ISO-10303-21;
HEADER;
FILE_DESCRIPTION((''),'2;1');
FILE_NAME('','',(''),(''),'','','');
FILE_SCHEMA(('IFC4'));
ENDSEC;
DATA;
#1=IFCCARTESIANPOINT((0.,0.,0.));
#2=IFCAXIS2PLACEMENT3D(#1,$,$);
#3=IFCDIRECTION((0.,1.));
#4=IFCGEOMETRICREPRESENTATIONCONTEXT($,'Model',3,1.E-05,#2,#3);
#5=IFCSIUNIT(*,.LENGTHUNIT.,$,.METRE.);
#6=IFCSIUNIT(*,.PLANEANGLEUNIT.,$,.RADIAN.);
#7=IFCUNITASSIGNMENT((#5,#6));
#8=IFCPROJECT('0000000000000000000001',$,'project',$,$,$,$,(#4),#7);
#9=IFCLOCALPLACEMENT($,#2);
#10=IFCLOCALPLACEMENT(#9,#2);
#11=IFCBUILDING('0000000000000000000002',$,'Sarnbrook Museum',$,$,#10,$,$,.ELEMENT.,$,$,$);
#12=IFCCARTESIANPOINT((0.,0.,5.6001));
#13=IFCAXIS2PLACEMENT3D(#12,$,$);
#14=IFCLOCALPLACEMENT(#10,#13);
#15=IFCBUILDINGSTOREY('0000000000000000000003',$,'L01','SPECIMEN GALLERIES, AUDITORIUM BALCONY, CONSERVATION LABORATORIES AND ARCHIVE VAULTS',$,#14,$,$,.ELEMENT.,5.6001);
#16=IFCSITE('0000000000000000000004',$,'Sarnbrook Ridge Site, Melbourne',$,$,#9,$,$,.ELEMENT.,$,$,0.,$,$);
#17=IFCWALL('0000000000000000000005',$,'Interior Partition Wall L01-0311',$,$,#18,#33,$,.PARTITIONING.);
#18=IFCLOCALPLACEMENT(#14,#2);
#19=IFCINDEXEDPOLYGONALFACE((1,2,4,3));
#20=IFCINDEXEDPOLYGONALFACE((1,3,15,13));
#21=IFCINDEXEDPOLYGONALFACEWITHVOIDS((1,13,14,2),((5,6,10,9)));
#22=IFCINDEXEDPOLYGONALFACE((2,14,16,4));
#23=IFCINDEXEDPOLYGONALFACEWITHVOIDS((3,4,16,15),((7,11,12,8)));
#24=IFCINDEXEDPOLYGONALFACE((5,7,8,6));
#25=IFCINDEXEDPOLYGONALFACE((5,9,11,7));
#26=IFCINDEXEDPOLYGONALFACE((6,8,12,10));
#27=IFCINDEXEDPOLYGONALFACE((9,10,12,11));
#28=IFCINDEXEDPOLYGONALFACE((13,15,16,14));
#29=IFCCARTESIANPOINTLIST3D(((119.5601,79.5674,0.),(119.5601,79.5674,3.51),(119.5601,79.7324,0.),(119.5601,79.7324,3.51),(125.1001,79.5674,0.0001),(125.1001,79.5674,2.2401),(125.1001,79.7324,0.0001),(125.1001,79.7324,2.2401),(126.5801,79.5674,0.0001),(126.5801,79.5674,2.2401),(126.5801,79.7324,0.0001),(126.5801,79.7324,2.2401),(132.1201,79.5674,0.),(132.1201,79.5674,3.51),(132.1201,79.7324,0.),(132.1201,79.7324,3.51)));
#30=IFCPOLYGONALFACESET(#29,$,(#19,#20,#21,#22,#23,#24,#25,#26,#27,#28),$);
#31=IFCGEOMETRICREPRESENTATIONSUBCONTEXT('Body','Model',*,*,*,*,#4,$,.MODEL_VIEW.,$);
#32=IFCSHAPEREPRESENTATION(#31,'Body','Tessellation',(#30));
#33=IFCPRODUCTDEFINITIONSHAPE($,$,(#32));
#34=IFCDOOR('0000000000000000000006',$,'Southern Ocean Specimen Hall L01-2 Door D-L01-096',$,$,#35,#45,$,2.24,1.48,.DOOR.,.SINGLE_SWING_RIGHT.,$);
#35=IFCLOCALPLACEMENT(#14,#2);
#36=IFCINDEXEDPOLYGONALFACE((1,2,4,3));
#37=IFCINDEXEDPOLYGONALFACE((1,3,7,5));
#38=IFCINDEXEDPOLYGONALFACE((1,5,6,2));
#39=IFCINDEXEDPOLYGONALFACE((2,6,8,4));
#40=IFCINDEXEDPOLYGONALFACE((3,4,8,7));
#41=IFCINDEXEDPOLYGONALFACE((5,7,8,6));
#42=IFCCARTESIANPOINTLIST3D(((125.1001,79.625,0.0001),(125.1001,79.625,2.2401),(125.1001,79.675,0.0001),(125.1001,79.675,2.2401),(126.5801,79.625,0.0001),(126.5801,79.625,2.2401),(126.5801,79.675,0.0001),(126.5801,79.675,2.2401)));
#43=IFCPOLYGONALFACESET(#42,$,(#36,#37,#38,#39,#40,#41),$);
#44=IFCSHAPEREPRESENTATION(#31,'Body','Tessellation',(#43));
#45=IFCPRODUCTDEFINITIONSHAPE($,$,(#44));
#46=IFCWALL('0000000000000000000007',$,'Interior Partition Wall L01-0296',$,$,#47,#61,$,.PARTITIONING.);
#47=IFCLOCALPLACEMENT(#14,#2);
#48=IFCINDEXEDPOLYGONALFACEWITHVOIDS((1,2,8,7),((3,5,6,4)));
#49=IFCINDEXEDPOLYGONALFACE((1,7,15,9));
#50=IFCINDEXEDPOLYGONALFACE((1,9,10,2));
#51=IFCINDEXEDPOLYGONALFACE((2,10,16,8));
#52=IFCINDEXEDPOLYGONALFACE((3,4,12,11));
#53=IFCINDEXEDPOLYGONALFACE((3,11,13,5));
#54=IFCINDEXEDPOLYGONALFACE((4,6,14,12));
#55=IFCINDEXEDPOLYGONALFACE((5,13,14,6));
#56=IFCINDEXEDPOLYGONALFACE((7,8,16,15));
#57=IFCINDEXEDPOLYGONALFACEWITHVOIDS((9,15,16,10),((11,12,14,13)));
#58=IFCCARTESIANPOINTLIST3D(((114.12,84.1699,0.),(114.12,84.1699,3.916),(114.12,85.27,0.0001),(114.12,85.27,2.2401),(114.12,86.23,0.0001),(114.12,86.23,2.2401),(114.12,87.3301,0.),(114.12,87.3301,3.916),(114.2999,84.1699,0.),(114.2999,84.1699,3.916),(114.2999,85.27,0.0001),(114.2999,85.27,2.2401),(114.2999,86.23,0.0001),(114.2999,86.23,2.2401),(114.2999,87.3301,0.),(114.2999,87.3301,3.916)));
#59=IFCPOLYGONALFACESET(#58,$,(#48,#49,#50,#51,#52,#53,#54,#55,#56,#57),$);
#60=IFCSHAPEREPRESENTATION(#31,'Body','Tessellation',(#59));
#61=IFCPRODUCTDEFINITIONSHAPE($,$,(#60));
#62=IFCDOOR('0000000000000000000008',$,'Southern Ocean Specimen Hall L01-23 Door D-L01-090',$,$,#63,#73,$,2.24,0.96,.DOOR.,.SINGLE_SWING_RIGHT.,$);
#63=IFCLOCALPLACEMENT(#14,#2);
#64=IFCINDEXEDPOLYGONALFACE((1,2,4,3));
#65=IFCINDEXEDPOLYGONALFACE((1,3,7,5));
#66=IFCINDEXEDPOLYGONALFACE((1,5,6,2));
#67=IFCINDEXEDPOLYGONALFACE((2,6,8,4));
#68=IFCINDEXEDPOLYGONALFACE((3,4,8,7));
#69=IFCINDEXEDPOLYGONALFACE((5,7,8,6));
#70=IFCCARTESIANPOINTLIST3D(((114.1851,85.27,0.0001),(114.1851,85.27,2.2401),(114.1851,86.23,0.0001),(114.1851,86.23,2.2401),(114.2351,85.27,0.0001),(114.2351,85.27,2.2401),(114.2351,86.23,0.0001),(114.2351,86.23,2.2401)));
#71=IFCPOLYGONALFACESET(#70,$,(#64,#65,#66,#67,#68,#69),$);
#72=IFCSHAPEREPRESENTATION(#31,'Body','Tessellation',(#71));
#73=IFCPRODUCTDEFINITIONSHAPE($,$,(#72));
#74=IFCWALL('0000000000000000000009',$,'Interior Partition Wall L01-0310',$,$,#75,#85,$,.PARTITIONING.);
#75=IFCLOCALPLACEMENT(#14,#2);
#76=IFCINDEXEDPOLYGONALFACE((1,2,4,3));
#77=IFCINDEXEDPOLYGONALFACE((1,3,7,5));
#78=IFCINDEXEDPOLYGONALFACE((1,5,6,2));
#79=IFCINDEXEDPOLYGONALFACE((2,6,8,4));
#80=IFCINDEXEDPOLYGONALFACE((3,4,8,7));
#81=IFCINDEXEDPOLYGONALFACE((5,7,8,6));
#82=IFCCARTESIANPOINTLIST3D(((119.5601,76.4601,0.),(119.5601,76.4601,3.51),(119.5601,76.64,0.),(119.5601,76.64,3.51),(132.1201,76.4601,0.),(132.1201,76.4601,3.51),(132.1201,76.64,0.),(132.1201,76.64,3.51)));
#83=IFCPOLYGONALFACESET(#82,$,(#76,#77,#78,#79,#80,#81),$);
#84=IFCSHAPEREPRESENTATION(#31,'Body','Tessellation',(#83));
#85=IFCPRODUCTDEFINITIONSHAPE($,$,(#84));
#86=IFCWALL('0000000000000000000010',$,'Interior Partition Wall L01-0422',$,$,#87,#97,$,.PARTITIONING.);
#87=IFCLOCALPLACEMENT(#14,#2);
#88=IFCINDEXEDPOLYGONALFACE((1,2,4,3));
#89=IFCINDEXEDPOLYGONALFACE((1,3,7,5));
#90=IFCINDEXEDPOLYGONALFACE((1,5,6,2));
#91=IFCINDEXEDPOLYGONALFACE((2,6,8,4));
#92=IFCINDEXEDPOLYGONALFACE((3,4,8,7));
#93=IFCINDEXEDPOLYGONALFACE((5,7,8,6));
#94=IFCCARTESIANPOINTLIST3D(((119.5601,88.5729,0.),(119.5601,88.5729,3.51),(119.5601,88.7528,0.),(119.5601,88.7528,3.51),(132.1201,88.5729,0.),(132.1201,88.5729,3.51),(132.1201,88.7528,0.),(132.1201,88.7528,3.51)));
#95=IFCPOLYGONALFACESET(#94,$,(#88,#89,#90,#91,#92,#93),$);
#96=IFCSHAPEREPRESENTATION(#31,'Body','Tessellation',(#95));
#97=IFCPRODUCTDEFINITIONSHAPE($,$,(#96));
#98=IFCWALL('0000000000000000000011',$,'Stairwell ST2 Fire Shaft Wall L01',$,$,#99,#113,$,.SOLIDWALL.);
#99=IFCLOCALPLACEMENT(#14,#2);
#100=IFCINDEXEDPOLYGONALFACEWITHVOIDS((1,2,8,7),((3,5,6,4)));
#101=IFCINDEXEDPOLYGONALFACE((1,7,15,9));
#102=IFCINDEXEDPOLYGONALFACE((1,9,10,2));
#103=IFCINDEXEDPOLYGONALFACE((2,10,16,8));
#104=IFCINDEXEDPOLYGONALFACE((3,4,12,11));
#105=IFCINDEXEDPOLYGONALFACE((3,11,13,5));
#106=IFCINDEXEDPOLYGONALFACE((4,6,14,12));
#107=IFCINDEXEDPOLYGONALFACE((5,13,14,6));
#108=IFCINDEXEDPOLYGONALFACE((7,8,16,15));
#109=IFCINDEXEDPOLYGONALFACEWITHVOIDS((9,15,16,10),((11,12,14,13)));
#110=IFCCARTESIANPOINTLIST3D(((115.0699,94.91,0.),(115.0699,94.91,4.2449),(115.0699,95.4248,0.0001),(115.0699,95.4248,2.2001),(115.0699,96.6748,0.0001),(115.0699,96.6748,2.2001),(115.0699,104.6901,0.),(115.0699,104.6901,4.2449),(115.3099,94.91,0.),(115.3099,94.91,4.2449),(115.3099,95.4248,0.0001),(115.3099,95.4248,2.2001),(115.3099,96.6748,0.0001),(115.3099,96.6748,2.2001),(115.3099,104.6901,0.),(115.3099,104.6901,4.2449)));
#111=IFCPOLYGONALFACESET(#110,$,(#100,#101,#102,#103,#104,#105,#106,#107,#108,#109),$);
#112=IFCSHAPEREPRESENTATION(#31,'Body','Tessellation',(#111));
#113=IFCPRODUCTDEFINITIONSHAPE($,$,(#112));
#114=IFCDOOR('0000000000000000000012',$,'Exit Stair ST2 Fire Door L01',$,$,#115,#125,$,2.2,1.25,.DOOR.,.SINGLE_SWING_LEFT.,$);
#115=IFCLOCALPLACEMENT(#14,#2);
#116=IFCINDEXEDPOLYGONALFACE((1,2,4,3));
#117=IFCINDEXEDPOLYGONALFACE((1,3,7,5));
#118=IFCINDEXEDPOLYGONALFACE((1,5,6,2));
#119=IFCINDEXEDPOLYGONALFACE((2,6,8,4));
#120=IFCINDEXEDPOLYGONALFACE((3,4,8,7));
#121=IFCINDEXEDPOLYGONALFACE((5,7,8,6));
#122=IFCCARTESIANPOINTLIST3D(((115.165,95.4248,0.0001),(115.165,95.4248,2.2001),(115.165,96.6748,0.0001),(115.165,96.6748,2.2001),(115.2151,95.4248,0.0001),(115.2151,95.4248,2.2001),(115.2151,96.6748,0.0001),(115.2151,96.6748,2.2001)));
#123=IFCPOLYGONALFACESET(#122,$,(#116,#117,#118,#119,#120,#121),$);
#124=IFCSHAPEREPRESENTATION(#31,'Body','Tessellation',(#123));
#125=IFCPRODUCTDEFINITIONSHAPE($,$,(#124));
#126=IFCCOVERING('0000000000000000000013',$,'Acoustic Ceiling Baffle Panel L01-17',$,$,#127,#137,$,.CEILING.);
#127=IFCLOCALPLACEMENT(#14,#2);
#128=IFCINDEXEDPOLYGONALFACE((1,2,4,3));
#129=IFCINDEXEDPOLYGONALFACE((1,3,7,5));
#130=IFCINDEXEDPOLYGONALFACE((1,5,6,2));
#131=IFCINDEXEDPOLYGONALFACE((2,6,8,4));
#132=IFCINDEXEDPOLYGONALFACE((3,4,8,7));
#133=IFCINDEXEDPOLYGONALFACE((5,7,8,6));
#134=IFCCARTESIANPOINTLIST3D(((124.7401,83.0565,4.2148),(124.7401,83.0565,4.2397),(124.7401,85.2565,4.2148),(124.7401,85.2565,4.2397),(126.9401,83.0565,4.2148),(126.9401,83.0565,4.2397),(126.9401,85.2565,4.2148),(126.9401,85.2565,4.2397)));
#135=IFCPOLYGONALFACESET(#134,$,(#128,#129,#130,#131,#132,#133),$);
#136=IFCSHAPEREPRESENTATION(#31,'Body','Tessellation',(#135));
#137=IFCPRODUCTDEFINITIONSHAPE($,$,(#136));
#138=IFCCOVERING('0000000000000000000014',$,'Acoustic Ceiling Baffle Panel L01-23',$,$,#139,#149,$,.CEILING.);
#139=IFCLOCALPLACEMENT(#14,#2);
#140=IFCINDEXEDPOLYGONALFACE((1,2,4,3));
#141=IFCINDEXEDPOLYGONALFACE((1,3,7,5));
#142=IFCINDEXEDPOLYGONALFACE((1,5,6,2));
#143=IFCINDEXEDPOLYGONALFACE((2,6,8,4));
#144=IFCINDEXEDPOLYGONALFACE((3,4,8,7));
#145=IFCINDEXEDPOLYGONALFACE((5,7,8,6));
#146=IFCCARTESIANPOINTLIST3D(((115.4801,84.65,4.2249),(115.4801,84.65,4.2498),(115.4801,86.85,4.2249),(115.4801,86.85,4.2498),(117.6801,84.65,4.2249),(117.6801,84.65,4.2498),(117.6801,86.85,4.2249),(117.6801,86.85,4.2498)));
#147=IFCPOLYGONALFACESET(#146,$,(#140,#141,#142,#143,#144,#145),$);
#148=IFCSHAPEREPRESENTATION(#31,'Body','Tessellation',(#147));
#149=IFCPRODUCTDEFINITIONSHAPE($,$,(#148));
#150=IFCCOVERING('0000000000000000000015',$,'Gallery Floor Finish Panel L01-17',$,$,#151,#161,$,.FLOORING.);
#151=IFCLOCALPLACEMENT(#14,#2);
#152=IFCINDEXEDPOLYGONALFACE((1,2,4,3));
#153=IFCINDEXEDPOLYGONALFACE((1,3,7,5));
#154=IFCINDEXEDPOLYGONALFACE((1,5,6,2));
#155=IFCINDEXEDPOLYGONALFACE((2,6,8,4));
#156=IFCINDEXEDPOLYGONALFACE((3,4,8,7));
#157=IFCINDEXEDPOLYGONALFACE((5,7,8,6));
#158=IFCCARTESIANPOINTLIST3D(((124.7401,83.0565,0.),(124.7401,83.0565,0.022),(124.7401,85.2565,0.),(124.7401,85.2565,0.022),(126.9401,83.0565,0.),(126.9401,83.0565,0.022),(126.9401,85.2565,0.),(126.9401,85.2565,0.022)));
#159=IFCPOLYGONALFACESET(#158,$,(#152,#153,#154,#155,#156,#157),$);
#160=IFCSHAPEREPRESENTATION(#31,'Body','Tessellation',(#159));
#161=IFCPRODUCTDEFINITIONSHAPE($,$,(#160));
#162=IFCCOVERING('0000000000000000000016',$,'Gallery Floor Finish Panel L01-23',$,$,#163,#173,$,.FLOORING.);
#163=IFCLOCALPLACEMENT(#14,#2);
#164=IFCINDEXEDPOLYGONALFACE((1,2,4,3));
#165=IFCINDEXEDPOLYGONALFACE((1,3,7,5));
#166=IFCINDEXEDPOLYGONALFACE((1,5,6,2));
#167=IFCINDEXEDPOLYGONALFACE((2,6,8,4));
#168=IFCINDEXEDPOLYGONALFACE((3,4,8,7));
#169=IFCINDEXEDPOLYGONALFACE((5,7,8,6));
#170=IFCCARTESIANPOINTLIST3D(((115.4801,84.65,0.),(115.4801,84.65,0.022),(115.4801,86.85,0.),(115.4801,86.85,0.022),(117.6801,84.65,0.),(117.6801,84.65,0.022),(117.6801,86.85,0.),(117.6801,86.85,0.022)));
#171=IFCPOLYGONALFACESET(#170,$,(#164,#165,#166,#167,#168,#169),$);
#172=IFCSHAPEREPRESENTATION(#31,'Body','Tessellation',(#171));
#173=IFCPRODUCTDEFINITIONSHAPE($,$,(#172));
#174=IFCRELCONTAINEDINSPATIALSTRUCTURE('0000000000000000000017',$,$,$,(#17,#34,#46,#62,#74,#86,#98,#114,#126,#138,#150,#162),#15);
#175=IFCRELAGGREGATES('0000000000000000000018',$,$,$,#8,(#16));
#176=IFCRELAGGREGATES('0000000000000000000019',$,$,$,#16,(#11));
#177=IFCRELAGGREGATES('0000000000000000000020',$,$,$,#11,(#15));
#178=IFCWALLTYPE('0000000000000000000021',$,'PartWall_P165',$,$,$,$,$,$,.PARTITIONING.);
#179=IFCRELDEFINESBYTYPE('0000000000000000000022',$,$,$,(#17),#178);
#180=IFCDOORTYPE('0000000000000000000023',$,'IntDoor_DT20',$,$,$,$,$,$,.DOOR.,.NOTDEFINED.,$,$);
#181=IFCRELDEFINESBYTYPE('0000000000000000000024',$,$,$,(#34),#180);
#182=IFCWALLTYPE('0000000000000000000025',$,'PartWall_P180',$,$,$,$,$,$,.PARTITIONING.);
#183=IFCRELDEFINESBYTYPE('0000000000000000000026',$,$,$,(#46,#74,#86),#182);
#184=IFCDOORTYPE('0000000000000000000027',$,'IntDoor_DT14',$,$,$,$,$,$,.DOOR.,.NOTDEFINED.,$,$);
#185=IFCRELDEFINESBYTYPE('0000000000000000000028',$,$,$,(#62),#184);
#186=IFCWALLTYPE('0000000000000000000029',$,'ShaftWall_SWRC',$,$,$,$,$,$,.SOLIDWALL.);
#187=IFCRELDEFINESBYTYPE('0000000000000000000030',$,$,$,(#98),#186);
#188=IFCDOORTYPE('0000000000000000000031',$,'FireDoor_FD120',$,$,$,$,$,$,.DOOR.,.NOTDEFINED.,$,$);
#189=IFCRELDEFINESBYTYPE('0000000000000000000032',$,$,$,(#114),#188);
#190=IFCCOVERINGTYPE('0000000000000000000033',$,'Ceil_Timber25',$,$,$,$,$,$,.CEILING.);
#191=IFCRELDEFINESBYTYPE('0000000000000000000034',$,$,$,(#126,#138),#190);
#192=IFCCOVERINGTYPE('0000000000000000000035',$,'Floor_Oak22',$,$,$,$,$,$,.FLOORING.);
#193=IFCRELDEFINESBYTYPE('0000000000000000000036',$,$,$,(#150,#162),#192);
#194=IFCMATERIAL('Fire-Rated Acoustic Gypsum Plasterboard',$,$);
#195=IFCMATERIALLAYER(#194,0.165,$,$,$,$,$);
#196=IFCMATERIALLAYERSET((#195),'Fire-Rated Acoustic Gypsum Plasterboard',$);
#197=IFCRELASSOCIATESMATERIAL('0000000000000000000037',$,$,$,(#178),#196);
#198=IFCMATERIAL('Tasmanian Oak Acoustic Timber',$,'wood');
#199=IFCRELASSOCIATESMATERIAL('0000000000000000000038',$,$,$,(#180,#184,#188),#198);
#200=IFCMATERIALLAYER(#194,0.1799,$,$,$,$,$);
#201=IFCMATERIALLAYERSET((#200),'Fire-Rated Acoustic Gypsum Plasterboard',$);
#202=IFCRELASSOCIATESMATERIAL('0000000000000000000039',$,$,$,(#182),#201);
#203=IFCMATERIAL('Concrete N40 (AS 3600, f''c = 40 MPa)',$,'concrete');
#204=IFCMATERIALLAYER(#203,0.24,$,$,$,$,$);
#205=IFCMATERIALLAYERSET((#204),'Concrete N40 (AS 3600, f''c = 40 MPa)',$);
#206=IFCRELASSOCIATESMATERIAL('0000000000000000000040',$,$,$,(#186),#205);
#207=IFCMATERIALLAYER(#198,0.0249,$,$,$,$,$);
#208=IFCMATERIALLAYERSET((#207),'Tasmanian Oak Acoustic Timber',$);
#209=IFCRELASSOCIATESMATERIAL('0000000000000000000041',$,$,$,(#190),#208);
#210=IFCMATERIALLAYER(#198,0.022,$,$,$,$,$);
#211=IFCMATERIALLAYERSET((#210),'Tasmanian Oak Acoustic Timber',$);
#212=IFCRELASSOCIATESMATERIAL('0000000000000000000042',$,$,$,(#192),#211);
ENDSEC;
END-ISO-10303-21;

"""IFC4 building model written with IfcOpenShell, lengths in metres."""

from ifc_helpers import new_model, si_unit, direction, frame, frame_2d, origin, origin_2d, place, context, subcontext, project, spatial, rectangle, extrude, material, layer, layer_set, type_object, element, fill, save


model = new_model("IFC4")

# Units and contexts
model_context = context("Model", 3, precision=1e-05, world=origin(), true_north=direction((0.0, 1.0)))
body_context = subcontext(model_context, "Body", "Model", "MODEL_VIEW")
ifc_project = project(units=[si_unit("LENGTHUNIT", "METRE"), si_unit("PLANEANGLEUNIT", "RADIAN")], contexts=[model_context])

# Site, building, storey
site_placement = place(None, origin())
site = spatial("IfcSite", under=ifc_project, at=site_placement, Name="Sarnbrook Ridge Site, Melbourne", CompositionType="ELEMENT", RefElevation=0.0)
building_placement = place(site_placement, origin())
building = spatial("IfcBuilding", under=site, at=building_placement, Name="Sarnbrook Museum", CompositionType="ELEMENT")
storey_placement = place(building_placement, frame((0.0, 0.0, 5.6001)))
storey = spatial("IfcBuildingStorey", under=building, at=storey_placement, Name="L01", Description="SPECIMEN GALLERIES, AUDITORIUM BALCONY, CONSERVATION LABORATORIES AND ARCHIVE VAULTS", CompositionType="ELEMENT", Elevation=5.6001)

# Shared definitions
ifc_material_1 = material(Name="Fire-Rated Acoustic Gypsum Plasterboard")
ifc_layer_1 = layer(ifc_material_1, 0.165)
ifc_layer_set_1 = layer_set([ifc_layer_1], Name="Fire-Rated Acoustic Gypsum Plasterboard")
wall_type_1 = type_object("IfcWallType", Name="PartWall_P165", PredefinedType="PARTITIONING", material=ifc_layer_set_1)

# Walls, openings, doors
wall_1_placement = place(storey_placement, frame((132.1201, 79.6499, 0.0), z_axis=(0.0, 0.0, 1.0), x_axis=(-1.0, 0.0, 0.0)))
wall_1 = element("IfcWall", 1, at=wall_1_placement, inside=storey, type_object=wall_type_1, Name="Interior Partition Wall L01-0311", PredefinedType="PARTITIONING", context=body_context, shape_type="SweptSolid", body=[
    extrude(rectangle(XDim=12.5601, YDim=0.165, at=frame_2d((6.28, 0.0))), origin(), (0.0, 0.0, 1.0), 3.51),
])
opening_1_placement = place(wall_1_placement, frame((5.54, 0.0, 0.0)))
opening_1 = element("IfcOpeningElement", 2, at=opening_1_placement, cuts=wall_1, PredefinedType="OPENING", context=body_context, shape_type="SweptSolid", body=[
    extrude(rectangle(XDim=1.48, YDim=2.24, at=frame_2d((0.74, 1.1201))), frame((0.0, 0.0925, 0.0), z_axis=(0.0, -1.0, 0.0), x_axis=(1.0, 0.0, 0.0)), (0.0, 0.0, 1.0), 0.1851),
])
ifc_material_2 = material(Name="Tasmanian Oak Acoustic Timber", Category="wood")
door_type_1 = type_object("IfcDoorType", Name="IntDoor_DT20", OperationType="NOTDEFINED", PredefinedType="DOOR", material=ifc_material_2)
door_1_placement = place(opening_1_placement, origin())
door_1 = element("IfcDoor", 3, at=door_1_placement, inside=storey, type_object=door_type_1, Name="Southern Ocean Specimen Hall L01-2 Door D-L01-096", OperationType="SINGLE_SWING_RIGHT", OverallHeight=2.24, OverallWidth=1.48, PredefinedType="DOOR", context=body_context, shape_type="SweptSolid", body=[
    extrude(rectangle(XDim=1.48, YDim=2.24, at=frame_2d((0.74, 1.1201))), frame((0.0, 0.0249, 0.0), z_axis=(0.0, -1.0, 0.0), x_axis=(1.0, 0.0, 0.0)), (0.0, 0.0, 1.0), 0.05),
])
fill(opening_1, door_1)
ifc_layer_2 = layer(ifc_material_1, 0.1799)
ifc_layer_set_2 = layer_set([ifc_layer_2], Name="Fire-Rated Acoustic Gypsum Plasterboard")
wall_type_2 = type_object("IfcWallType", Name="PartWall_P180", PredefinedType="PARTITIONING", material=ifc_layer_set_2)
wall_2_placement = place(storey_placement, frame((114.21, 87.3301, 0.0), z_axis=(0.0, 0.0, 1.0), x_axis=(0.0, -1.0, 0.0)))
wall_2 = element("IfcWall", 4, at=wall_2_placement, inside=storey, type_object=wall_type_2, Name="Interior Partition Wall L01-0296", PredefinedType="PARTITIONING", context=body_context, shape_type="SweptSolid", body=[
    extrude(rectangle(XDim=3.1602, YDim=0.1799, at=frame_2d((1.5801, 0.0))), origin(), (0.0, 0.0, 1.0), 3.916),
])
opening_2_placement = place(wall_2_placement, frame((1.1001, 0.0, 0.0)))
opening_2 = element("IfcOpeningElement", 5, at=opening_2_placement, cuts=wall_2, PredefinedType="OPENING", context=body_context, shape_type="SweptSolid", body=[
    extrude(rectangle(XDim=0.96, YDim=2.24, at=frame_2d((0.48, 1.1201))), frame((0.0, 0.1001, 0.0), z_axis=(0.0, -1.0, 0.0), x_axis=(1.0, 0.0, 0.0)), (0.0, 0.0, 1.0), 0.2),
])
door_type_2 = type_object("IfcDoorType", Name="IntDoor_DT14", OperationType="NOTDEFINED", PredefinedType="DOOR", material=ifc_material_2)
door_2_placement = place(opening_2_placement, frame((0.96, 0.0, 0.0), z_axis=(0.0, 0.0, 1.0), x_axis=(-1.0, 0.0, 0.0)))
door_2 = element("IfcDoor", 6, at=door_2_placement, inside=storey, type_object=door_type_2, Name="Southern Ocean Specimen Hall L01-23 Door D-L01-090", OperationType="SINGLE_SWING_RIGHT", OverallHeight=2.24, OverallWidth=0.96, PredefinedType="DOOR", context=body_context, shape_type="SweptSolid", body=[
    extrude(rectangle(XDim=0.96, YDim=2.24, at=frame_2d((0.48, 1.1201))), frame((0.0, 0.0249, 0.0), z_axis=(0.0, -1.0, 0.0), x_axis=(1.0, 0.0, 0.0)), (0.0, 0.0, 1.0), 0.05),
])
fill(opening_2, door_2)

# Walls
for number, where, z_axis, x_axis, name in (
    (7, (119.5601, 76.55, 0.0), (0.0, 0.0, 1.0), (1.0, 0.0, 0.0), "Interior Partition Wall L01-0310"),
    (8, (119.5601, 88.6628, 0.0), (0.0, 0.0, 1.0), (1.0, 0.0, 0.0), "Interior Partition Wall L01-0422"),
):
    element("IfcWall", number, at=place(storey_placement, frame(where, z_axis=z_axis, x_axis=x_axis)), inside=storey, type_object=wall_type_2, Name=name, PredefinedType="PARTITIONING", context=body_context, shape_type="SweptSolid", body=[
        extrude(rectangle(XDim=12.5601, YDim=0.1799, at=frame_2d((6.28, 0.0))), origin(), (0.0, 0.0, 1.0), 3.51),
    ])

# Wall, opening, door
ifc_material_3 = material(Name="Concrete N40 (AS 3600, f'c = 40 MPa)", Category="concrete")
ifc_layer_3 = layer(ifc_material_3, 0.24)
ifc_layer_set_3 = layer_set([ifc_layer_3], Name="Concrete N40 (AS 3600, f'c = 40 MPa)")
wall_type_3 = type_object("IfcWallType", Name="ShaftWall_SWRC", PredefinedType="SOLIDWALL", material=ifc_layer_set_3)
wall_3_placement = place(storey_placement, frame((115.1899, 94.9099, 0.0), z_axis=(0.0, 0.0, 1.0), x_axis=(0.0, 1.0, 0.0)))
wall_3 = element("IfcWall", 9, at=wall_3_placement, inside=storey, type_object=wall_type_3, Name="Stairwell ST2 Fire Shaft Wall L01", PredefinedType="SOLIDWALL", context=body_context, shape_type="SweptSolid", body=[
    extrude(rectangle(XDim=9.78, YDim=0.24, at=frame_2d((4.8901, 0.0))), origin(), (0.0, 0.0, 1.0), 4.2449),
])
opening_3_placement = place(wall_3_placement, frame((0.5149, 0.0, 0.0)))
opening_3 = element("IfcOpeningElement", 10, at=opening_3_placement, cuts=wall_3, PredefinedType="OPENING", context=body_context, shape_type="SweptSolid", body=[
    extrude(rectangle(XDim=1.25, YDim=2.2, at=frame_2d((0.625, 1.1001))), frame((0.0, 0.1299, 0.0), z_axis=(0.0, -1.0, 0.0), x_axis=(1.0, 0.0, 0.0)), (0.0, 0.0, 1.0), 0.26),
])
door_type_3 = type_object("IfcDoorType", Name="FireDoor_FD120", OperationType="NOTDEFINED", PredefinedType="DOOR", material=ifc_material_2)
door_3_placement = place(opening_3_placement, origin())
door_3 = element("IfcDoor", 11, at=door_3_placement, inside=storey, type_object=door_type_3, Name="Exit Stair ST2 Fire Door L01", OperationType="SINGLE_SWING_LEFT", OverallHeight=2.2, OverallWidth=1.25, PredefinedType="DOOR", context=body_context, shape_type="SweptSolid", body=[
    extrude(rectangle(XDim=1.25, YDim=2.2, at=frame_2d((0.625, 1.1001))), frame((0.0, 0.0249, 0.0), z_axis=(0.0, -1.0, 0.0), x_axis=(1.0, 0.0, 0.0)), (0.0, 0.0, 1.0), 0.05),
])
fill(opening_3, door_3)

# Coverings
ifc_layer_4 = layer(ifc_material_2, 0.0249)
ifc_layer_set_4 = layer_set([ifc_layer_4], Name="Tasmanian Oak Acoustic Timber")
covering_type_1 = type_object("IfcCoveringType", Name="Ceil_Timber25", PredefinedType="CEILING", material=ifc_layer_set_4)
for number, where, z_axis, x_axis, name in (
    (12, (125.8401, 84.1565, 4.2148), (0.0, 0.0, 1.0), (1.0, 0.0, 0.0), "Acoustic Ceiling Baffle Panel L01-17"),
    (13, (116.5801, 85.75, 4.2249), (0.0, 0.0, 1.0), (1.0, 0.0, 0.0), "Acoustic Ceiling Baffle Panel L01-23"),
):
    element("IfcCovering", number, at=place(storey_placement, frame(where, z_axis=z_axis, x_axis=x_axis)), inside=storey, type_object=covering_type_1, Name=name, PredefinedType="CEILING", context=body_context, shape_type="SweptSolid", body=[
        extrude(rectangle(XDim=2.2, YDim=2.2, at=origin_2d()), origin(), (0.0, 0.0, 1.0), 0.0249),
    ])
ifc_layer_5 = layer(ifc_material_2, 0.022)
ifc_layer_set_5 = layer_set([ifc_layer_5], Name="Tasmanian Oak Acoustic Timber")
covering_type_2 = type_object("IfcCoveringType", Name="Floor_Oak22", PredefinedType="FLOORING", material=ifc_layer_set_5)
for number, where, z_axis, x_axis, name in (
    (14, (125.8401, 84.1565, 0.0), (0.0, 0.0, 1.0), (1.0, 0.0, 0.0), "Gallery Floor Finish Panel L01-17"),
    (15, (116.5801, 85.75, 0.0), (0.0, 0.0, 1.0), (1.0, 0.0, 0.0), "Gallery Floor Finish Panel L01-23"),
):
    element("IfcCovering", number, at=place(storey_placement, frame(where, z_axis=z_axis, x_axis=x_axis)), inside=storey, type_object=covering_type_2, Name=name, PredefinedType="FLOORING", context=body_context, shape_type="SweptSolid", body=[
        extrude(rectangle(XDim=2.2, YDim=2.2, at=origin_2d()), origin(), (0.0, 0.0, 1.0), 0.022),
    ])

save(model, "model.ifc")
